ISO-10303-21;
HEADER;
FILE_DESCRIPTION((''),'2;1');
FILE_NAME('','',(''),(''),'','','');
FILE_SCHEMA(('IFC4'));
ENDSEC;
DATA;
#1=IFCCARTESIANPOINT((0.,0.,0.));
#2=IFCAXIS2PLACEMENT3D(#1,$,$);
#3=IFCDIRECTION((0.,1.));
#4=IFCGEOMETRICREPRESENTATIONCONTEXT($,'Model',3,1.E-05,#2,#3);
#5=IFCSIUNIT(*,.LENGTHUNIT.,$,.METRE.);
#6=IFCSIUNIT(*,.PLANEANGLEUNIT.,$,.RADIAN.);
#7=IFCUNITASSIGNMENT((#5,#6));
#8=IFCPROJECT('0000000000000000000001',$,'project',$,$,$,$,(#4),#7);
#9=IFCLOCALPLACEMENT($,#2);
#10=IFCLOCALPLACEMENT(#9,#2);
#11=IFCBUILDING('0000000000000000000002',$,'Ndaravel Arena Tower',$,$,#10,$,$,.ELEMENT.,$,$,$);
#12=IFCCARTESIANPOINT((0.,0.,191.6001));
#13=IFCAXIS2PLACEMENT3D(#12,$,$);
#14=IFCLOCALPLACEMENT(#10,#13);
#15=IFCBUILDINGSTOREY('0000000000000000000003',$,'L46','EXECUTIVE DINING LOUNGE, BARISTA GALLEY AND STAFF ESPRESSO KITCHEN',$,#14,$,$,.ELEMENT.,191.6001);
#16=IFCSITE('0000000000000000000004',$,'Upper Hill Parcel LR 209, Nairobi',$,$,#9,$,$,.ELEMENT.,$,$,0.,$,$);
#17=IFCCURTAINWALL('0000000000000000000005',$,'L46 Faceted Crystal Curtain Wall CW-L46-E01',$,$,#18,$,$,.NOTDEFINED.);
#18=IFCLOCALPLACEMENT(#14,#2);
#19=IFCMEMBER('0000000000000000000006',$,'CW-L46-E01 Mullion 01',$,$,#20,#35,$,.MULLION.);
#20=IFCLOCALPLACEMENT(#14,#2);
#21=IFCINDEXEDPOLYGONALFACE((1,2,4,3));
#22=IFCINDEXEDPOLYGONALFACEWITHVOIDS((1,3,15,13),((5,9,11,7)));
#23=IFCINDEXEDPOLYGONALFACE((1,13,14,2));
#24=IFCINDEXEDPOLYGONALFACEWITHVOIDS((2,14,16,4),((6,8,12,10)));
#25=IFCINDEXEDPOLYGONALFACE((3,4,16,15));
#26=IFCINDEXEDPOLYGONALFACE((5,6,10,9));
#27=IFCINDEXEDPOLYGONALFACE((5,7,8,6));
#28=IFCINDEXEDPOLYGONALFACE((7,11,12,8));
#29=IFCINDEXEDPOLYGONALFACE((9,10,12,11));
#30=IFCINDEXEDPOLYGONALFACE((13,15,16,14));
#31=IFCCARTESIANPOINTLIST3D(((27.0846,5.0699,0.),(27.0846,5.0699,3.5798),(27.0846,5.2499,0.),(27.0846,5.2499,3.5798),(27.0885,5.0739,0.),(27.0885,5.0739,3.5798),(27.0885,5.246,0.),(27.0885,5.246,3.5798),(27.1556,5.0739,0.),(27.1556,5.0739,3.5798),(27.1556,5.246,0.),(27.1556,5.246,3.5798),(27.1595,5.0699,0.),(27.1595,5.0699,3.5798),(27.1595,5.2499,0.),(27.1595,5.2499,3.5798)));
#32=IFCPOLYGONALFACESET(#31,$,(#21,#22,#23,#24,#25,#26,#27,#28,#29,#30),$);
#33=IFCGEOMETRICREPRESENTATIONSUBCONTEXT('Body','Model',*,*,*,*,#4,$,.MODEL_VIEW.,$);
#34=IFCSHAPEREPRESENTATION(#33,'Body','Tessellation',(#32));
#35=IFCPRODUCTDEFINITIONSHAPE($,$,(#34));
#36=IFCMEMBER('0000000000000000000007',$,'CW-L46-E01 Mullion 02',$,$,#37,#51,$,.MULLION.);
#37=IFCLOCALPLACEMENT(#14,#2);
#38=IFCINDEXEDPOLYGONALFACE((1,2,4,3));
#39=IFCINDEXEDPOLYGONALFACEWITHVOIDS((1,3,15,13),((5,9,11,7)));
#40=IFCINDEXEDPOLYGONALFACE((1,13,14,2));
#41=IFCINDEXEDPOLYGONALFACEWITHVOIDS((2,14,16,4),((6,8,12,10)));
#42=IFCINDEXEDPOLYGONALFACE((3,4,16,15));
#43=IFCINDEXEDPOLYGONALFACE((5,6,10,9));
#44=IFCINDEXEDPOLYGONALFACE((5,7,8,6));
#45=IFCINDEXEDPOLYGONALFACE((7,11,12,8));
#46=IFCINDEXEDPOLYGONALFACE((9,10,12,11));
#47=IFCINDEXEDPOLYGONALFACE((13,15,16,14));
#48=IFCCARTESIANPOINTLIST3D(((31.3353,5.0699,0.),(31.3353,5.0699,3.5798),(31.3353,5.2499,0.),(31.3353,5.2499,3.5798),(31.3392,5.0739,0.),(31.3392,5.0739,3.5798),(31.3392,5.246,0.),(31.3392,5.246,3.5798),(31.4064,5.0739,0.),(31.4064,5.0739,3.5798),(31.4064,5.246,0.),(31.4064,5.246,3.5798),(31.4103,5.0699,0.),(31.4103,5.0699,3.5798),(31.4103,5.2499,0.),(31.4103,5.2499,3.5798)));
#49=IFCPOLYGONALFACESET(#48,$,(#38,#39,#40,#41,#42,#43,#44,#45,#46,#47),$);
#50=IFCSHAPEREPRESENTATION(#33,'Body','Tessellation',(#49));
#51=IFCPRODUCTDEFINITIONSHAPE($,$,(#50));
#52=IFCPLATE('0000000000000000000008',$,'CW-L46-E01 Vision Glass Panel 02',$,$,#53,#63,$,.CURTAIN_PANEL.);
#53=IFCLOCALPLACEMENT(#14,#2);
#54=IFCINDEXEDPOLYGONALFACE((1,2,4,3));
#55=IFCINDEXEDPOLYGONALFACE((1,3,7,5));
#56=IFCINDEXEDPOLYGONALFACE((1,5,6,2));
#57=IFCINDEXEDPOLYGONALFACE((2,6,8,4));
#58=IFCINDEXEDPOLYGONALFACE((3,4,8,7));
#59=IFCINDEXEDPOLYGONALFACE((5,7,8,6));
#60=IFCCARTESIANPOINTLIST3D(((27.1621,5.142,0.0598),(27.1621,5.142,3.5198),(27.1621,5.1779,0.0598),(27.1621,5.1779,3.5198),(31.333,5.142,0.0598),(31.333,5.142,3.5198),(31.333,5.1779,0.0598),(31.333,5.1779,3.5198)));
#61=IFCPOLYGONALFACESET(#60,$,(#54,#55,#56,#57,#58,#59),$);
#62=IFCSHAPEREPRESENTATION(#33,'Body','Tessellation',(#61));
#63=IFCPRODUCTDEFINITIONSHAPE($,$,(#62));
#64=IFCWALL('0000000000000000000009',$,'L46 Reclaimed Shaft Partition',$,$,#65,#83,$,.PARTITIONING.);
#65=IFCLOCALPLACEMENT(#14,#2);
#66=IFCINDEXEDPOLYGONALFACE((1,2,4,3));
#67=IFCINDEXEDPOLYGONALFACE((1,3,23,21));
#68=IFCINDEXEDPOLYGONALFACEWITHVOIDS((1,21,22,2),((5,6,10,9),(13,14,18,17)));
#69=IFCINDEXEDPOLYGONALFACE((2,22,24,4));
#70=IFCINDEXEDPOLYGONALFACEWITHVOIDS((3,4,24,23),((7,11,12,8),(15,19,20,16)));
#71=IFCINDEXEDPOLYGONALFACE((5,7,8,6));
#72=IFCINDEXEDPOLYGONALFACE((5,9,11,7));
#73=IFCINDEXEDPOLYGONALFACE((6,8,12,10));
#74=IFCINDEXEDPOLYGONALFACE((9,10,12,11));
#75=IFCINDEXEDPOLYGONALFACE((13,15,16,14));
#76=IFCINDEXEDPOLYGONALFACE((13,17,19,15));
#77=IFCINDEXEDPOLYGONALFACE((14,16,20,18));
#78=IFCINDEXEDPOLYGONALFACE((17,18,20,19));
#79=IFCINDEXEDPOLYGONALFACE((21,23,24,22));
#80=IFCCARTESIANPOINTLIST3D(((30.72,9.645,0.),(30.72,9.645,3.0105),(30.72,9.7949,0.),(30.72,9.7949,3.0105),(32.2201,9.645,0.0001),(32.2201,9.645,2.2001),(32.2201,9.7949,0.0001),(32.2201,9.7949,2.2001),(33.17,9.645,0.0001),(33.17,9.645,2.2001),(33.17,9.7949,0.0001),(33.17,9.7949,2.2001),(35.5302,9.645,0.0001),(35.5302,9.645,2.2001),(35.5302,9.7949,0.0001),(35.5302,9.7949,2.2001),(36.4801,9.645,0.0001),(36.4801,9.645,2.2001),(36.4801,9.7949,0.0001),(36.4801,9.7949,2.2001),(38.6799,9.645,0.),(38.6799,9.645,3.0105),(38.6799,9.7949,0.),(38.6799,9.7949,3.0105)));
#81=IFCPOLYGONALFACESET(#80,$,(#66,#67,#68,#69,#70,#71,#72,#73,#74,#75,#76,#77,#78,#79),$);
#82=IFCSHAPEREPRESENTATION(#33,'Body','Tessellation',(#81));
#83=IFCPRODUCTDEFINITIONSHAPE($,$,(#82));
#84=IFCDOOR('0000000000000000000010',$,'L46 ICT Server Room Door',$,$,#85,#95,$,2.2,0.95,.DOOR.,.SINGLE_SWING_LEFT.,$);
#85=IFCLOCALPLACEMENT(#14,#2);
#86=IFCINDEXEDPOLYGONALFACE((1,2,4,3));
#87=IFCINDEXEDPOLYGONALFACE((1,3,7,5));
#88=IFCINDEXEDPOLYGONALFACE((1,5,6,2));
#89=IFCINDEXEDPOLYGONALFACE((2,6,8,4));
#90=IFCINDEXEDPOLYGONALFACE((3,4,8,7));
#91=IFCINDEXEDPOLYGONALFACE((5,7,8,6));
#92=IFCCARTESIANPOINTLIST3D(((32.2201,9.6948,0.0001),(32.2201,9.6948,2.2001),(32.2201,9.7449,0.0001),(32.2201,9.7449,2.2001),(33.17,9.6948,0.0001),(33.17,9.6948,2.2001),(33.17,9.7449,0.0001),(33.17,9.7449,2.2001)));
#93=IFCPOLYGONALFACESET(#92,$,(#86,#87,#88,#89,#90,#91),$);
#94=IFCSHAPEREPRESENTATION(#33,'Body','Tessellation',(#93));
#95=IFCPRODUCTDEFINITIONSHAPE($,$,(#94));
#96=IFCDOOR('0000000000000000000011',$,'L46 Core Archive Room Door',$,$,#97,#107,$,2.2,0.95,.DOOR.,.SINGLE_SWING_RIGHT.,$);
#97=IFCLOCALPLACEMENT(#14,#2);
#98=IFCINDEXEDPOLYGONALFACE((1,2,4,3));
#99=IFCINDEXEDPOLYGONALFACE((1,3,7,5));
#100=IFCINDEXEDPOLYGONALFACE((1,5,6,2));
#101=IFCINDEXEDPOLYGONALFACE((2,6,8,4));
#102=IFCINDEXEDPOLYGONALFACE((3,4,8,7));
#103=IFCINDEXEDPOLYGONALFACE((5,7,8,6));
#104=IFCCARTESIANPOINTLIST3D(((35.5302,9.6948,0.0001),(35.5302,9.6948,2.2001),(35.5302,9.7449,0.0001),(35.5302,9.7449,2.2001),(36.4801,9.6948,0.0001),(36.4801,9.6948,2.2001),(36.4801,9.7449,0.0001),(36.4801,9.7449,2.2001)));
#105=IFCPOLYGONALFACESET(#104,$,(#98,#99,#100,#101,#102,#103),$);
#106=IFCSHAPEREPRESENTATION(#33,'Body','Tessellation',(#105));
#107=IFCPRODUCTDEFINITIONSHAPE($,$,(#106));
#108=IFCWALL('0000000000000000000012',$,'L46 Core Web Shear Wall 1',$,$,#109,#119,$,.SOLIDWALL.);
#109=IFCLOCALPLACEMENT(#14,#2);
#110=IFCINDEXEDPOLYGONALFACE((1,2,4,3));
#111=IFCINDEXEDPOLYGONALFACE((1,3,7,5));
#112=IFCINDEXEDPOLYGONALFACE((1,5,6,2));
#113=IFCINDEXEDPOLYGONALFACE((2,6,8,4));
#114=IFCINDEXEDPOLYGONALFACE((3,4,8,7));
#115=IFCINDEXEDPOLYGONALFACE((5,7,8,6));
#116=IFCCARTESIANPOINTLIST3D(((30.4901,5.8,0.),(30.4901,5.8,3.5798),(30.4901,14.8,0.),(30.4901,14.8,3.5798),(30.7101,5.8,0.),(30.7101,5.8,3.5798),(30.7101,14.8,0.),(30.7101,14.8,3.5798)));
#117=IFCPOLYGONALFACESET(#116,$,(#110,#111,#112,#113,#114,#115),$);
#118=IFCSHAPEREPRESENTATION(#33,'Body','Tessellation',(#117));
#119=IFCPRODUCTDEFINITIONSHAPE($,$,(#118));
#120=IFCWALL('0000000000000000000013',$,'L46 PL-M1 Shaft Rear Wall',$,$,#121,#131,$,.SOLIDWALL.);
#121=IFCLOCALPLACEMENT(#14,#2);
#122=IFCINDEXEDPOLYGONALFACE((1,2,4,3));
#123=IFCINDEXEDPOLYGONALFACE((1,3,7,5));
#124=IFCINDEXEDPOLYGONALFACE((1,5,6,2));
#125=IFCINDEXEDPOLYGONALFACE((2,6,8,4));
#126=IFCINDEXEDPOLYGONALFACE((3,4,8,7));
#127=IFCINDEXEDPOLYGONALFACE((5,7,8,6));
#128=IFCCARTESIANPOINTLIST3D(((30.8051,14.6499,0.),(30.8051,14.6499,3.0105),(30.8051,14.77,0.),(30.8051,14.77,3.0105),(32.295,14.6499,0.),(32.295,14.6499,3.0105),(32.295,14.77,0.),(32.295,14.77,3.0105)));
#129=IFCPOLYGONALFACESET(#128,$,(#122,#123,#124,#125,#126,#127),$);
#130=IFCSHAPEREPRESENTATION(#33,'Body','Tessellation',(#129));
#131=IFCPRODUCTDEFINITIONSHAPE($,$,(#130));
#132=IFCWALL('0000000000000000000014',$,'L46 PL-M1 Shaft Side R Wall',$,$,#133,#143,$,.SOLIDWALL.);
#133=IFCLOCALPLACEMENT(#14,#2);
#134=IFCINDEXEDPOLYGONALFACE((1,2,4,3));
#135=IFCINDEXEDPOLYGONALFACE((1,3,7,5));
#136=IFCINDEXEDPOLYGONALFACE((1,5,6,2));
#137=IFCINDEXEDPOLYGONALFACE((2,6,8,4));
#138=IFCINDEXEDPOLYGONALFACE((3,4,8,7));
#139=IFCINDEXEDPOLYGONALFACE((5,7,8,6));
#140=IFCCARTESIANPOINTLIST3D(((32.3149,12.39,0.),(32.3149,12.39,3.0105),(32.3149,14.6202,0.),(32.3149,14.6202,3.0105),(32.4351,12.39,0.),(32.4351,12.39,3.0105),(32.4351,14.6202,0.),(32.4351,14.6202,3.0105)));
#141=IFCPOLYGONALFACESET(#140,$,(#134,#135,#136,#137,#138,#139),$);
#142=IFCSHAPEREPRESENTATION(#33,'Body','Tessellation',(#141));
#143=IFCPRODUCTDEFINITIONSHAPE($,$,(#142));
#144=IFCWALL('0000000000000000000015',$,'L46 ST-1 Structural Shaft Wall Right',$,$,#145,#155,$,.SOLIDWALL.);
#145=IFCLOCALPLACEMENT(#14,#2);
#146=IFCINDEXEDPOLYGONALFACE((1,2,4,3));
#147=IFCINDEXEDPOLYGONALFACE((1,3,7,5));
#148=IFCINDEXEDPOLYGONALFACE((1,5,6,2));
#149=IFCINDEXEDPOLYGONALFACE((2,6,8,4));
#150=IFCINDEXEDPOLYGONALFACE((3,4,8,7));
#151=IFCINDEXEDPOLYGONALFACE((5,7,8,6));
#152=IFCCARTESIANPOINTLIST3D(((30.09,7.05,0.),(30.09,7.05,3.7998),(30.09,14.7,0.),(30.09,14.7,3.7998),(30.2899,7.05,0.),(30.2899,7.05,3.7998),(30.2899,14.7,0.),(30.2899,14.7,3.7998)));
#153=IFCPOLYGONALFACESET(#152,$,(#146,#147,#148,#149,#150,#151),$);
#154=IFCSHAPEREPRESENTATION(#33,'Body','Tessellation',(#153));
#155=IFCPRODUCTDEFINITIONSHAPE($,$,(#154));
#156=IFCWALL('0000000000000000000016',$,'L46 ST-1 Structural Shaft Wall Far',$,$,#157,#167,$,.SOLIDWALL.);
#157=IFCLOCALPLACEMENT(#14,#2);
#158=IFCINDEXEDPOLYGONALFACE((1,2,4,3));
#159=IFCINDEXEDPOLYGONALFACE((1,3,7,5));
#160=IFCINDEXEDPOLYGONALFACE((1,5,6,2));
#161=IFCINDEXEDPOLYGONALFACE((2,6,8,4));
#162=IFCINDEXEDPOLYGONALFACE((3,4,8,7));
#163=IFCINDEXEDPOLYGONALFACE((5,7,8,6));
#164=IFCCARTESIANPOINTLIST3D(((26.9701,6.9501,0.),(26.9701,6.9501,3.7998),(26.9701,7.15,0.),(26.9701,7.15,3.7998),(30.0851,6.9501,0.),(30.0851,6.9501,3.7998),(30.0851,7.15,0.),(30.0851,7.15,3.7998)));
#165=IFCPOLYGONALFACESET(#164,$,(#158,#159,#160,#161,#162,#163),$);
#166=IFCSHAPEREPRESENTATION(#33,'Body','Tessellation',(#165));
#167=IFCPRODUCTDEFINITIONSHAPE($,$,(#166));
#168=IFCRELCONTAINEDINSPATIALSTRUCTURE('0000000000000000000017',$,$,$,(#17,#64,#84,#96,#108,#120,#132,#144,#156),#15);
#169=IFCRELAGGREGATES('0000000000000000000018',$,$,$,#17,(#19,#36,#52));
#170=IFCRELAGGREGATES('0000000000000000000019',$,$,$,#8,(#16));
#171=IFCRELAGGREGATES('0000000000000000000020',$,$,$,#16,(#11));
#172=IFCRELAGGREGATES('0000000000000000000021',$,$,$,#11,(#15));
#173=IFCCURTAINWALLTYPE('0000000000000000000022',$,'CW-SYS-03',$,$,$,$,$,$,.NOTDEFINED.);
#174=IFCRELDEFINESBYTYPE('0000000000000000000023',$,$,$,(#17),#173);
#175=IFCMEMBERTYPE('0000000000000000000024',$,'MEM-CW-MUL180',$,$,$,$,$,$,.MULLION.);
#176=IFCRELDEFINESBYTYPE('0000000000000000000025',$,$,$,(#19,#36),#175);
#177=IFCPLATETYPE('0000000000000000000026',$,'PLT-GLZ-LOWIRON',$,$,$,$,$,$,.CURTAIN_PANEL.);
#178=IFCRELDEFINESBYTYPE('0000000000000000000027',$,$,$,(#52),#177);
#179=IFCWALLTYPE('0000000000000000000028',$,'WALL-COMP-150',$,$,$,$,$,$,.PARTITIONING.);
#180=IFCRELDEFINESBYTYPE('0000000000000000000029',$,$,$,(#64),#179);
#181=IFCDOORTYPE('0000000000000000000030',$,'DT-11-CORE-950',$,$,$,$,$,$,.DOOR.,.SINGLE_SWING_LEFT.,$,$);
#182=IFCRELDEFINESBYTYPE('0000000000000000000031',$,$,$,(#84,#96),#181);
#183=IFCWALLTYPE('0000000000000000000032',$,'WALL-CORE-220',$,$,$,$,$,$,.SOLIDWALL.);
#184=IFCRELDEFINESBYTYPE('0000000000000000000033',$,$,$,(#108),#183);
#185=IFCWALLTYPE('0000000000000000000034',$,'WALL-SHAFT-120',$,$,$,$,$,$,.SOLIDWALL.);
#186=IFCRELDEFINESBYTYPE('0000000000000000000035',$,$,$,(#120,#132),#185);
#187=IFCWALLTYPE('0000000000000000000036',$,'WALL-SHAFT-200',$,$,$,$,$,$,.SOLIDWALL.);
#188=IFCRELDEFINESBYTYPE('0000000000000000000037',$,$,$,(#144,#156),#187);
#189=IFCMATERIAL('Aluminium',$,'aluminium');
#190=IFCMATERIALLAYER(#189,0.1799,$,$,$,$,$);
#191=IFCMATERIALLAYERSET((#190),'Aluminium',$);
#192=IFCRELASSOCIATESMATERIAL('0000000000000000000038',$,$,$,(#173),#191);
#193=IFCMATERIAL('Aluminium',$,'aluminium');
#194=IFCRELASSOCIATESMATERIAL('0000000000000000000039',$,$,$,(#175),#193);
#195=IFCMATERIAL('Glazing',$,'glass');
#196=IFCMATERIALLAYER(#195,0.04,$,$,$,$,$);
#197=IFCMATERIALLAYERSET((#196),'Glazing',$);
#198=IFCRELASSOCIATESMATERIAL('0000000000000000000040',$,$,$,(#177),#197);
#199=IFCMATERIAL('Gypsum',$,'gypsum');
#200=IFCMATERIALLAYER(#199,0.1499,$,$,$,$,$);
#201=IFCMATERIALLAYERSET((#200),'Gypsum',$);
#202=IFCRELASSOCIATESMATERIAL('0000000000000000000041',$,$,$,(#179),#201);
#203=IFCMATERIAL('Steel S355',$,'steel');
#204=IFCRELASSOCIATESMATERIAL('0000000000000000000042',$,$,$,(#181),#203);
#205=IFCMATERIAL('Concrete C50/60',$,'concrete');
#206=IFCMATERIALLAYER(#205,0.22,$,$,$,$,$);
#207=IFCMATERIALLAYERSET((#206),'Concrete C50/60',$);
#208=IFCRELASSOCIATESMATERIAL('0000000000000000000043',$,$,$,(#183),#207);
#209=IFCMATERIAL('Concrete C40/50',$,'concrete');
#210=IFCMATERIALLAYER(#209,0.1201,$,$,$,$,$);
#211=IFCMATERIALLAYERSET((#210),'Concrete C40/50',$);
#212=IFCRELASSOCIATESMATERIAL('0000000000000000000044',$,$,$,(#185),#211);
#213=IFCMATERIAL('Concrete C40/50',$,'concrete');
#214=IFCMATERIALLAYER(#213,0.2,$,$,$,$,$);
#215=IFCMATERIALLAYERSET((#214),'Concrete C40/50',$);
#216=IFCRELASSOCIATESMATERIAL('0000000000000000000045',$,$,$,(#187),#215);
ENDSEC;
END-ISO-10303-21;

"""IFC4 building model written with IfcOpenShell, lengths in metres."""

from ifc_helpers import new_model, si_unit, direction, frame, frame_2d, origin, origin_2d, place, context, subcontext, project, spatial, rectangle, hollow_rectangle, extrude, material, layer, layer_set, material_profile, profile_set, type_object, element, fill, aggregate, save


model = new_model("IFC4")

# Units and contexts
model_context = context("Model", 3, precision=1e-05, world=origin(), true_north=direction((0.0, 1.0)))
body_context = subcontext(model_context, "Body", "Model", "MODEL_VIEW")
ifc_project = project(units=[si_unit("LENGTHUNIT", "METRE"), si_unit("PLANEANGLEUNIT", "RADIAN")], contexts=[model_context])

# Site, building, storey
site_placement = place(None, origin())
site = spatial("IfcSite", under=ifc_project, at=site_placement, Name="Upper Hill Parcel LR 209, Nairobi", CompositionType="ELEMENT", RefElevation=0.0)
building_placement = place(site_placement, origin())
building = spatial("IfcBuilding", under=site, at=building_placement, Name="Ndaravel Arena Tower", CompositionType="ELEMENT")
storey_placement = place(building_placement, frame((0.0, 0.0, 191.6001)))
storey = spatial("IfcBuildingStorey", under=building, at=storey_placement, Name="L46", Description="EXECUTIVE DINING LOUNGE, BARISTA GALLEY AND STAFF ESPRESSO KITCHEN", CompositionType="ELEMENT", Elevation=191.6001)

# Curtain wall, members, plate
ifc_material_1 = material(Name="Aluminium", Category="aluminium")
ifc_layer_1 = layer(ifc_material_1, 0.1799)
ifc_layer_set_1 = layer_set([ifc_layer_1], Name="Aluminium")
curtain_wall_type = type_object("IfcCurtainWallType", Name="CW-SYS-03", PredefinedType="NOTDEFINED", material=ifc_layer_set_1)
curtain_wall_placement = place(storey_placement, origin())
curtain_wall = element("IfcCurtainWall", 1, at=curtain_wall_placement, inside=storey, type_object=curtain_wall_type, Name="L46 Faceted Crystal Curtain Wall CW-L46-E01", PredefinedType="NOTDEFINED")
ifc_material_2 = material(Name="Aluminium", Category="aluminium")
ifc_material_profile = material_profile(ifc_material_2, hollow_rectangle(XDim=0.075, YDim=0.1799, WallThickness=0.0039, at=origin_2d()), Name="CW MULLION 75x180x4")
ifc_profile_set = profile_set([ifc_material_profile], Name="Aluminium")
member_type = type_object("IfcMemberType", Name="MEM-CW-MUL180", PredefinedType="MULLION", material=ifc_profile_set)
member_1_placement = place(storey_placement, frame((27.1221, 5.1599, 0.0), z_axis=(0.0, 0.0, 1.0), x_axis=(1.0, 0.0, 0.0)))
member_1 = element("IfcMember", 2, at=member_1_placement, type_object=member_type, Name="CW-L46-E01 Mullion 01", PredefinedType="MULLION", context=body_context, shape_type="SweptSolid", body=[
    extrude(hollow_rectangle(XDim=0.075, YDim=0.1799, WallThickness=0.0039, at=origin_2d()), origin(), (0.0, 0.0, 1.0), 3.5798),
])
member_2_placement = place(storey_placement, frame((31.3728, 5.1599, 0.0), z_axis=(0.0, 0.0, 1.0), x_axis=(1.0, 0.0, 0.0)))
member_2 = element("IfcMember", 3, at=member_2_placement, type_object=member_type, Name="CW-L46-E01 Mullion 02", PredefinedType="MULLION", context=body_context, shape_type="SweptSolid", body=[
    extrude(hollow_rectangle(XDim=0.075, YDim=0.1799, WallThickness=0.0039, at=origin_2d()), origin(), (0.0, 0.0, 1.0), 3.5798),
])
ifc_material_3 = material(Name="Glazing", Category="glass")
ifc_layer_2 = layer(ifc_material_3, 0.04)
ifc_layer_set_2 = layer_set([ifc_layer_2], Name="Glazing")
plate_type = type_object("IfcPlateType", Name="PLT-GLZ-LOWIRON", PredefinedType="CURTAIN_PANEL", material=ifc_layer_set_2)
plate_placement = place(storey_placement, frame((29.2476, 5.1599, 0.0598), z_axis=(0.0, 0.0, 1.0), x_axis=(1.0, 0.0, 0.0)))
plate = element("IfcPlate", 4, at=plate_placement, type_object=plate_type, Name="CW-L46-E01 Vision Glass Panel 02", PredefinedType="CURTAIN_PANEL", context=body_context, shape_type="SweptSolid", body=[
    extrude(rectangle(XDim=4.1709, YDim=0.0359, at=origin_2d()), origin(), (0.0, 0.0, 1.0), 3.46),
])
aggregate(curtain_wall, [member_1, member_2, plate])

# Wall, openings, doors
ifc_material_4 = material(Name="Gypsum", Category="gypsum")
ifc_layer_3 = layer(ifc_material_4, 0.1499)
ifc_layer_set_3 = layer_set([ifc_layer_3], Name="Gypsum")
wall_type_1 = type_object("IfcWallType", Name="WALL-COMP-150", PredefinedType="PARTITIONING", material=ifc_layer_set_3)
wall_1_placement = place(storey_placement, frame((30.72, 9.72, 0.0), z_axis=(0.0, 0.0, 1.0), x_axis=(1.0, 0.0, 0.0)))
wall_1 = element("IfcWall", 5, at=wall_1_placement, inside=storey, type_object=wall_type_1, Name="L46 Reclaimed Shaft Partition", PredefinedType="PARTITIONING", context=body_context, shape_type="SweptSolid", body=[
    extrude(rectangle(XDim=7.96, YDim=0.1499, at=frame_2d((3.98, 0.0))), origin(), (0.0, 0.0, 1.0), 3.0105),
])
opening_1_placement = place(wall_1_placement, frame((1.5, 0.0, 0.0)))
opening_1 = element("IfcOpeningElement", 6, at=opening_1_placement, cuts=wall_1, PredefinedType="OPENING", context=body_context, shape_type="SweptSolid", body=[
    extrude(rectangle(XDim=0.95, YDim=2.2, at=frame_2d((0.4751, 1.1001))), frame((0.0, 0.075, 0.0), z_axis=(0.0, -1.0, 0.0), x_axis=(1.0, 0.0, 0.0)), (0.0, 0.0, 1.0), 0.1499),
])
opening_2_placement = place(wall_1_placement, frame((4.8101, 0.0, 0.0)))
opening_2 = element("IfcOpeningElement", 7, at=opening_2_placement, cuts=wall_1, PredefinedType="OPENING", context=body_context, shape_type="SweptSolid", body=[
    extrude(rectangle(XDim=0.95, YDim=2.2, at=frame_2d((0.4751, 1.1001))), frame((0.0, 0.075, 0.0), z_axis=(0.0, -1.0, 0.0), x_axis=(1.0, 0.0, 0.0)), (0.0, 0.0, 1.0), 0.1499),
])
ifc_material_5 = material(Name="Steel S355", Category="steel")
door_type_1 = type_object("IfcDoorType", Name="DT-11-CORE-950", OperationType="SINGLE_SWING_LEFT", PredefinedType="DOOR", material=ifc_material_5)
door_1_placement = place(opening_1_placement, origin())
door_1 = element("IfcDoor", 8, at=door_1_placement, inside=storey, type_object=door_type_1, Name="L46 ICT Server Room Door", OperationType="SINGLE_SWING_LEFT", OverallHeight=2.2, OverallWidth=0.95, PredefinedType="DOOR", context=body_context, shape_type="SweptSolid", body=[
    extrude(rectangle(XDim=0.95, YDim=2.2, at=frame_2d((0.4751, 1.1001))), frame((0.0, 0.0249, 0.0), z_axis=(0.0, -1.0, 0.0), x_axis=(1.0, 0.0, 0.0)), (0.0, 0.0, 1.0), 0.05),
])
fill(opening_1, door_1)
door_2_placement = place(opening_2_placement, origin())
door_2 = element("IfcDoor", 9, at=door_2_placement, inside=storey, type_object=door_type_1, Name="L46 Core Archive Room Door", OperationType="SINGLE_SWING_RIGHT", OverallHeight=2.2, OverallWidth=0.95, PredefinedType="DOOR", context=body_context, shape_type="SweptSolid", body=[
    extrude(rectangle(XDim=0.95, YDim=2.2, at=frame_2d((0.4751, 1.1001))), frame((0.0, 0.0249, 0.0), z_axis=(0.0, -1.0, 0.0), x_axis=(1.0, 0.0, 0.0)), (0.0, 0.0, 1.0), 0.05),
])
fill(opening_2, door_2)

# Walls
ifc_material_6 = material(Name="Concrete C50/60", Category="concrete")
ifc_layer_4 = layer(ifc_material_6, 0.22)
ifc_layer_set_4 = layer_set([ifc_layer_4], Name="Concrete C50/60")
wall_type_2 = type_object("IfcWallType", Name="WALL-CORE-220", PredefinedType="SOLIDWALL", material=ifc_layer_set_4)
wall_2_placement = place(storey_placement, frame((30.6001, 5.8, 0.0), z_axis=(0.0, 0.0, 1.0), x_axis=(0.0, 1.0, 0.0)))
element("IfcWall", 10, at=wall_2_placement, inside=storey, type_object=wall_type_2, Name="L46 Core Web Shear Wall 1", PredefinedType="SOLIDWALL", context=body_context, shape_type="SweptSolid", body=[
    extrude(rectangle(XDim=9.0, YDim=0.22, at=frame_2d((4.5, 0.0))), origin(), (0.0, 0.0, 1.0), 3.5798),
])
ifc_material_7 = material(Name="Concrete C40/50", Category="concrete")
ifc_layer_5 = layer(ifc_material_7, 0.1201)
ifc_layer_set_5 = layer_set([ifc_layer_5], Name="Concrete C40/50")
wall_type_3 = type_object("IfcWallType", Name="WALL-SHAFT-120", PredefinedType="SOLIDWALL", material=ifc_layer_set_5)
wall_3_placement = place(storey_placement, frame((30.8049, 14.71, 0.0), z_axis=(0.0, 0.0, 1.0), x_axis=(1.0, 0.0, 0.0)))
element("IfcWall", 11, at=wall_3_placement, inside=storey, type_object=wall_type_3, Name="L46 PL-M1 Shaft Rear Wall", PredefinedType="SOLIDWALL", context=body_context, shape_type="SweptSolid", body=[
    extrude(rectangle(XDim=1.49, YDim=0.1201, at=frame_2d((0.7451, 0.0))), origin(), (0.0, 0.0, 1.0), 3.0105),
])
wall_4_placement = place(storey_placement, frame((32.375, 12.3899, 0.0), z_axis=(0.0, 0.0, 1.0), x_axis=(0.0, 1.0, 0.0)))
element("IfcWall", 12, at=wall_4_placement, inside=storey, type_object=wall_type_3, Name="L46 PL-M1 Shaft Side R Wall", PredefinedType="SOLIDWALL", context=body_context, shape_type="SweptSolid", body=[
    extrude(rectangle(XDim=2.2302, YDim=0.1201, at=frame_2d((1.1152, 0.0))), origin(), (0.0, 0.0, 1.0), 3.0105),
])
ifc_material_8 = material(Name="Concrete C40/50", Category="concrete")
ifc_layer_6 = layer(ifc_material_8, 0.2)
ifc_layer_set_6 = layer_set([ifc_layer_6], Name="Concrete C40/50")
wall_type_4 = type_object("IfcWallType", Name="WALL-SHAFT-200", PredefinedType="SOLIDWALL", material=ifc_layer_set_6)
wall_5_placement = place(storey_placement, frame((30.1899, 14.7, 0.0), z_axis=(0.0, 0.0, 1.0), x_axis=(0.0, -1.0, 0.0)))
element("IfcWall", 13, at=wall_5_placement, inside=storey, type_object=wall_type_4, Name="L46 ST-1 Structural Shaft Wall Right", PredefinedType="SOLIDWALL", context=body_context, shape_type="SweptSolid", body=[
    extrude(rectangle(XDim=7.6499, YDim=0.2, at=frame_2d((3.825, 0.0))), origin(), (0.0, 0.0, 1.0), 3.7998),
])
wall_6_placement = place(storey_placement, frame((26.97, 7.05, 0.0), z_axis=(0.0, 0.0, 1.0), x_axis=(1.0, 0.0, 0.0)))
element("IfcWall", 14, at=wall_6_placement, inside=storey, type_object=wall_type_4, Name="L46 ST-1 Structural Shaft Wall Far", PredefinedType="SOLIDWALL", context=body_context, shape_type="SweptSolid", body=[
    extrude(rectangle(XDim=3.115, YDim=0.2, at=frame_2d((1.5576, 0.0))), origin(), (0.0, 0.0, 1.0), 3.7998),
])

save(model, "model.ifc")
